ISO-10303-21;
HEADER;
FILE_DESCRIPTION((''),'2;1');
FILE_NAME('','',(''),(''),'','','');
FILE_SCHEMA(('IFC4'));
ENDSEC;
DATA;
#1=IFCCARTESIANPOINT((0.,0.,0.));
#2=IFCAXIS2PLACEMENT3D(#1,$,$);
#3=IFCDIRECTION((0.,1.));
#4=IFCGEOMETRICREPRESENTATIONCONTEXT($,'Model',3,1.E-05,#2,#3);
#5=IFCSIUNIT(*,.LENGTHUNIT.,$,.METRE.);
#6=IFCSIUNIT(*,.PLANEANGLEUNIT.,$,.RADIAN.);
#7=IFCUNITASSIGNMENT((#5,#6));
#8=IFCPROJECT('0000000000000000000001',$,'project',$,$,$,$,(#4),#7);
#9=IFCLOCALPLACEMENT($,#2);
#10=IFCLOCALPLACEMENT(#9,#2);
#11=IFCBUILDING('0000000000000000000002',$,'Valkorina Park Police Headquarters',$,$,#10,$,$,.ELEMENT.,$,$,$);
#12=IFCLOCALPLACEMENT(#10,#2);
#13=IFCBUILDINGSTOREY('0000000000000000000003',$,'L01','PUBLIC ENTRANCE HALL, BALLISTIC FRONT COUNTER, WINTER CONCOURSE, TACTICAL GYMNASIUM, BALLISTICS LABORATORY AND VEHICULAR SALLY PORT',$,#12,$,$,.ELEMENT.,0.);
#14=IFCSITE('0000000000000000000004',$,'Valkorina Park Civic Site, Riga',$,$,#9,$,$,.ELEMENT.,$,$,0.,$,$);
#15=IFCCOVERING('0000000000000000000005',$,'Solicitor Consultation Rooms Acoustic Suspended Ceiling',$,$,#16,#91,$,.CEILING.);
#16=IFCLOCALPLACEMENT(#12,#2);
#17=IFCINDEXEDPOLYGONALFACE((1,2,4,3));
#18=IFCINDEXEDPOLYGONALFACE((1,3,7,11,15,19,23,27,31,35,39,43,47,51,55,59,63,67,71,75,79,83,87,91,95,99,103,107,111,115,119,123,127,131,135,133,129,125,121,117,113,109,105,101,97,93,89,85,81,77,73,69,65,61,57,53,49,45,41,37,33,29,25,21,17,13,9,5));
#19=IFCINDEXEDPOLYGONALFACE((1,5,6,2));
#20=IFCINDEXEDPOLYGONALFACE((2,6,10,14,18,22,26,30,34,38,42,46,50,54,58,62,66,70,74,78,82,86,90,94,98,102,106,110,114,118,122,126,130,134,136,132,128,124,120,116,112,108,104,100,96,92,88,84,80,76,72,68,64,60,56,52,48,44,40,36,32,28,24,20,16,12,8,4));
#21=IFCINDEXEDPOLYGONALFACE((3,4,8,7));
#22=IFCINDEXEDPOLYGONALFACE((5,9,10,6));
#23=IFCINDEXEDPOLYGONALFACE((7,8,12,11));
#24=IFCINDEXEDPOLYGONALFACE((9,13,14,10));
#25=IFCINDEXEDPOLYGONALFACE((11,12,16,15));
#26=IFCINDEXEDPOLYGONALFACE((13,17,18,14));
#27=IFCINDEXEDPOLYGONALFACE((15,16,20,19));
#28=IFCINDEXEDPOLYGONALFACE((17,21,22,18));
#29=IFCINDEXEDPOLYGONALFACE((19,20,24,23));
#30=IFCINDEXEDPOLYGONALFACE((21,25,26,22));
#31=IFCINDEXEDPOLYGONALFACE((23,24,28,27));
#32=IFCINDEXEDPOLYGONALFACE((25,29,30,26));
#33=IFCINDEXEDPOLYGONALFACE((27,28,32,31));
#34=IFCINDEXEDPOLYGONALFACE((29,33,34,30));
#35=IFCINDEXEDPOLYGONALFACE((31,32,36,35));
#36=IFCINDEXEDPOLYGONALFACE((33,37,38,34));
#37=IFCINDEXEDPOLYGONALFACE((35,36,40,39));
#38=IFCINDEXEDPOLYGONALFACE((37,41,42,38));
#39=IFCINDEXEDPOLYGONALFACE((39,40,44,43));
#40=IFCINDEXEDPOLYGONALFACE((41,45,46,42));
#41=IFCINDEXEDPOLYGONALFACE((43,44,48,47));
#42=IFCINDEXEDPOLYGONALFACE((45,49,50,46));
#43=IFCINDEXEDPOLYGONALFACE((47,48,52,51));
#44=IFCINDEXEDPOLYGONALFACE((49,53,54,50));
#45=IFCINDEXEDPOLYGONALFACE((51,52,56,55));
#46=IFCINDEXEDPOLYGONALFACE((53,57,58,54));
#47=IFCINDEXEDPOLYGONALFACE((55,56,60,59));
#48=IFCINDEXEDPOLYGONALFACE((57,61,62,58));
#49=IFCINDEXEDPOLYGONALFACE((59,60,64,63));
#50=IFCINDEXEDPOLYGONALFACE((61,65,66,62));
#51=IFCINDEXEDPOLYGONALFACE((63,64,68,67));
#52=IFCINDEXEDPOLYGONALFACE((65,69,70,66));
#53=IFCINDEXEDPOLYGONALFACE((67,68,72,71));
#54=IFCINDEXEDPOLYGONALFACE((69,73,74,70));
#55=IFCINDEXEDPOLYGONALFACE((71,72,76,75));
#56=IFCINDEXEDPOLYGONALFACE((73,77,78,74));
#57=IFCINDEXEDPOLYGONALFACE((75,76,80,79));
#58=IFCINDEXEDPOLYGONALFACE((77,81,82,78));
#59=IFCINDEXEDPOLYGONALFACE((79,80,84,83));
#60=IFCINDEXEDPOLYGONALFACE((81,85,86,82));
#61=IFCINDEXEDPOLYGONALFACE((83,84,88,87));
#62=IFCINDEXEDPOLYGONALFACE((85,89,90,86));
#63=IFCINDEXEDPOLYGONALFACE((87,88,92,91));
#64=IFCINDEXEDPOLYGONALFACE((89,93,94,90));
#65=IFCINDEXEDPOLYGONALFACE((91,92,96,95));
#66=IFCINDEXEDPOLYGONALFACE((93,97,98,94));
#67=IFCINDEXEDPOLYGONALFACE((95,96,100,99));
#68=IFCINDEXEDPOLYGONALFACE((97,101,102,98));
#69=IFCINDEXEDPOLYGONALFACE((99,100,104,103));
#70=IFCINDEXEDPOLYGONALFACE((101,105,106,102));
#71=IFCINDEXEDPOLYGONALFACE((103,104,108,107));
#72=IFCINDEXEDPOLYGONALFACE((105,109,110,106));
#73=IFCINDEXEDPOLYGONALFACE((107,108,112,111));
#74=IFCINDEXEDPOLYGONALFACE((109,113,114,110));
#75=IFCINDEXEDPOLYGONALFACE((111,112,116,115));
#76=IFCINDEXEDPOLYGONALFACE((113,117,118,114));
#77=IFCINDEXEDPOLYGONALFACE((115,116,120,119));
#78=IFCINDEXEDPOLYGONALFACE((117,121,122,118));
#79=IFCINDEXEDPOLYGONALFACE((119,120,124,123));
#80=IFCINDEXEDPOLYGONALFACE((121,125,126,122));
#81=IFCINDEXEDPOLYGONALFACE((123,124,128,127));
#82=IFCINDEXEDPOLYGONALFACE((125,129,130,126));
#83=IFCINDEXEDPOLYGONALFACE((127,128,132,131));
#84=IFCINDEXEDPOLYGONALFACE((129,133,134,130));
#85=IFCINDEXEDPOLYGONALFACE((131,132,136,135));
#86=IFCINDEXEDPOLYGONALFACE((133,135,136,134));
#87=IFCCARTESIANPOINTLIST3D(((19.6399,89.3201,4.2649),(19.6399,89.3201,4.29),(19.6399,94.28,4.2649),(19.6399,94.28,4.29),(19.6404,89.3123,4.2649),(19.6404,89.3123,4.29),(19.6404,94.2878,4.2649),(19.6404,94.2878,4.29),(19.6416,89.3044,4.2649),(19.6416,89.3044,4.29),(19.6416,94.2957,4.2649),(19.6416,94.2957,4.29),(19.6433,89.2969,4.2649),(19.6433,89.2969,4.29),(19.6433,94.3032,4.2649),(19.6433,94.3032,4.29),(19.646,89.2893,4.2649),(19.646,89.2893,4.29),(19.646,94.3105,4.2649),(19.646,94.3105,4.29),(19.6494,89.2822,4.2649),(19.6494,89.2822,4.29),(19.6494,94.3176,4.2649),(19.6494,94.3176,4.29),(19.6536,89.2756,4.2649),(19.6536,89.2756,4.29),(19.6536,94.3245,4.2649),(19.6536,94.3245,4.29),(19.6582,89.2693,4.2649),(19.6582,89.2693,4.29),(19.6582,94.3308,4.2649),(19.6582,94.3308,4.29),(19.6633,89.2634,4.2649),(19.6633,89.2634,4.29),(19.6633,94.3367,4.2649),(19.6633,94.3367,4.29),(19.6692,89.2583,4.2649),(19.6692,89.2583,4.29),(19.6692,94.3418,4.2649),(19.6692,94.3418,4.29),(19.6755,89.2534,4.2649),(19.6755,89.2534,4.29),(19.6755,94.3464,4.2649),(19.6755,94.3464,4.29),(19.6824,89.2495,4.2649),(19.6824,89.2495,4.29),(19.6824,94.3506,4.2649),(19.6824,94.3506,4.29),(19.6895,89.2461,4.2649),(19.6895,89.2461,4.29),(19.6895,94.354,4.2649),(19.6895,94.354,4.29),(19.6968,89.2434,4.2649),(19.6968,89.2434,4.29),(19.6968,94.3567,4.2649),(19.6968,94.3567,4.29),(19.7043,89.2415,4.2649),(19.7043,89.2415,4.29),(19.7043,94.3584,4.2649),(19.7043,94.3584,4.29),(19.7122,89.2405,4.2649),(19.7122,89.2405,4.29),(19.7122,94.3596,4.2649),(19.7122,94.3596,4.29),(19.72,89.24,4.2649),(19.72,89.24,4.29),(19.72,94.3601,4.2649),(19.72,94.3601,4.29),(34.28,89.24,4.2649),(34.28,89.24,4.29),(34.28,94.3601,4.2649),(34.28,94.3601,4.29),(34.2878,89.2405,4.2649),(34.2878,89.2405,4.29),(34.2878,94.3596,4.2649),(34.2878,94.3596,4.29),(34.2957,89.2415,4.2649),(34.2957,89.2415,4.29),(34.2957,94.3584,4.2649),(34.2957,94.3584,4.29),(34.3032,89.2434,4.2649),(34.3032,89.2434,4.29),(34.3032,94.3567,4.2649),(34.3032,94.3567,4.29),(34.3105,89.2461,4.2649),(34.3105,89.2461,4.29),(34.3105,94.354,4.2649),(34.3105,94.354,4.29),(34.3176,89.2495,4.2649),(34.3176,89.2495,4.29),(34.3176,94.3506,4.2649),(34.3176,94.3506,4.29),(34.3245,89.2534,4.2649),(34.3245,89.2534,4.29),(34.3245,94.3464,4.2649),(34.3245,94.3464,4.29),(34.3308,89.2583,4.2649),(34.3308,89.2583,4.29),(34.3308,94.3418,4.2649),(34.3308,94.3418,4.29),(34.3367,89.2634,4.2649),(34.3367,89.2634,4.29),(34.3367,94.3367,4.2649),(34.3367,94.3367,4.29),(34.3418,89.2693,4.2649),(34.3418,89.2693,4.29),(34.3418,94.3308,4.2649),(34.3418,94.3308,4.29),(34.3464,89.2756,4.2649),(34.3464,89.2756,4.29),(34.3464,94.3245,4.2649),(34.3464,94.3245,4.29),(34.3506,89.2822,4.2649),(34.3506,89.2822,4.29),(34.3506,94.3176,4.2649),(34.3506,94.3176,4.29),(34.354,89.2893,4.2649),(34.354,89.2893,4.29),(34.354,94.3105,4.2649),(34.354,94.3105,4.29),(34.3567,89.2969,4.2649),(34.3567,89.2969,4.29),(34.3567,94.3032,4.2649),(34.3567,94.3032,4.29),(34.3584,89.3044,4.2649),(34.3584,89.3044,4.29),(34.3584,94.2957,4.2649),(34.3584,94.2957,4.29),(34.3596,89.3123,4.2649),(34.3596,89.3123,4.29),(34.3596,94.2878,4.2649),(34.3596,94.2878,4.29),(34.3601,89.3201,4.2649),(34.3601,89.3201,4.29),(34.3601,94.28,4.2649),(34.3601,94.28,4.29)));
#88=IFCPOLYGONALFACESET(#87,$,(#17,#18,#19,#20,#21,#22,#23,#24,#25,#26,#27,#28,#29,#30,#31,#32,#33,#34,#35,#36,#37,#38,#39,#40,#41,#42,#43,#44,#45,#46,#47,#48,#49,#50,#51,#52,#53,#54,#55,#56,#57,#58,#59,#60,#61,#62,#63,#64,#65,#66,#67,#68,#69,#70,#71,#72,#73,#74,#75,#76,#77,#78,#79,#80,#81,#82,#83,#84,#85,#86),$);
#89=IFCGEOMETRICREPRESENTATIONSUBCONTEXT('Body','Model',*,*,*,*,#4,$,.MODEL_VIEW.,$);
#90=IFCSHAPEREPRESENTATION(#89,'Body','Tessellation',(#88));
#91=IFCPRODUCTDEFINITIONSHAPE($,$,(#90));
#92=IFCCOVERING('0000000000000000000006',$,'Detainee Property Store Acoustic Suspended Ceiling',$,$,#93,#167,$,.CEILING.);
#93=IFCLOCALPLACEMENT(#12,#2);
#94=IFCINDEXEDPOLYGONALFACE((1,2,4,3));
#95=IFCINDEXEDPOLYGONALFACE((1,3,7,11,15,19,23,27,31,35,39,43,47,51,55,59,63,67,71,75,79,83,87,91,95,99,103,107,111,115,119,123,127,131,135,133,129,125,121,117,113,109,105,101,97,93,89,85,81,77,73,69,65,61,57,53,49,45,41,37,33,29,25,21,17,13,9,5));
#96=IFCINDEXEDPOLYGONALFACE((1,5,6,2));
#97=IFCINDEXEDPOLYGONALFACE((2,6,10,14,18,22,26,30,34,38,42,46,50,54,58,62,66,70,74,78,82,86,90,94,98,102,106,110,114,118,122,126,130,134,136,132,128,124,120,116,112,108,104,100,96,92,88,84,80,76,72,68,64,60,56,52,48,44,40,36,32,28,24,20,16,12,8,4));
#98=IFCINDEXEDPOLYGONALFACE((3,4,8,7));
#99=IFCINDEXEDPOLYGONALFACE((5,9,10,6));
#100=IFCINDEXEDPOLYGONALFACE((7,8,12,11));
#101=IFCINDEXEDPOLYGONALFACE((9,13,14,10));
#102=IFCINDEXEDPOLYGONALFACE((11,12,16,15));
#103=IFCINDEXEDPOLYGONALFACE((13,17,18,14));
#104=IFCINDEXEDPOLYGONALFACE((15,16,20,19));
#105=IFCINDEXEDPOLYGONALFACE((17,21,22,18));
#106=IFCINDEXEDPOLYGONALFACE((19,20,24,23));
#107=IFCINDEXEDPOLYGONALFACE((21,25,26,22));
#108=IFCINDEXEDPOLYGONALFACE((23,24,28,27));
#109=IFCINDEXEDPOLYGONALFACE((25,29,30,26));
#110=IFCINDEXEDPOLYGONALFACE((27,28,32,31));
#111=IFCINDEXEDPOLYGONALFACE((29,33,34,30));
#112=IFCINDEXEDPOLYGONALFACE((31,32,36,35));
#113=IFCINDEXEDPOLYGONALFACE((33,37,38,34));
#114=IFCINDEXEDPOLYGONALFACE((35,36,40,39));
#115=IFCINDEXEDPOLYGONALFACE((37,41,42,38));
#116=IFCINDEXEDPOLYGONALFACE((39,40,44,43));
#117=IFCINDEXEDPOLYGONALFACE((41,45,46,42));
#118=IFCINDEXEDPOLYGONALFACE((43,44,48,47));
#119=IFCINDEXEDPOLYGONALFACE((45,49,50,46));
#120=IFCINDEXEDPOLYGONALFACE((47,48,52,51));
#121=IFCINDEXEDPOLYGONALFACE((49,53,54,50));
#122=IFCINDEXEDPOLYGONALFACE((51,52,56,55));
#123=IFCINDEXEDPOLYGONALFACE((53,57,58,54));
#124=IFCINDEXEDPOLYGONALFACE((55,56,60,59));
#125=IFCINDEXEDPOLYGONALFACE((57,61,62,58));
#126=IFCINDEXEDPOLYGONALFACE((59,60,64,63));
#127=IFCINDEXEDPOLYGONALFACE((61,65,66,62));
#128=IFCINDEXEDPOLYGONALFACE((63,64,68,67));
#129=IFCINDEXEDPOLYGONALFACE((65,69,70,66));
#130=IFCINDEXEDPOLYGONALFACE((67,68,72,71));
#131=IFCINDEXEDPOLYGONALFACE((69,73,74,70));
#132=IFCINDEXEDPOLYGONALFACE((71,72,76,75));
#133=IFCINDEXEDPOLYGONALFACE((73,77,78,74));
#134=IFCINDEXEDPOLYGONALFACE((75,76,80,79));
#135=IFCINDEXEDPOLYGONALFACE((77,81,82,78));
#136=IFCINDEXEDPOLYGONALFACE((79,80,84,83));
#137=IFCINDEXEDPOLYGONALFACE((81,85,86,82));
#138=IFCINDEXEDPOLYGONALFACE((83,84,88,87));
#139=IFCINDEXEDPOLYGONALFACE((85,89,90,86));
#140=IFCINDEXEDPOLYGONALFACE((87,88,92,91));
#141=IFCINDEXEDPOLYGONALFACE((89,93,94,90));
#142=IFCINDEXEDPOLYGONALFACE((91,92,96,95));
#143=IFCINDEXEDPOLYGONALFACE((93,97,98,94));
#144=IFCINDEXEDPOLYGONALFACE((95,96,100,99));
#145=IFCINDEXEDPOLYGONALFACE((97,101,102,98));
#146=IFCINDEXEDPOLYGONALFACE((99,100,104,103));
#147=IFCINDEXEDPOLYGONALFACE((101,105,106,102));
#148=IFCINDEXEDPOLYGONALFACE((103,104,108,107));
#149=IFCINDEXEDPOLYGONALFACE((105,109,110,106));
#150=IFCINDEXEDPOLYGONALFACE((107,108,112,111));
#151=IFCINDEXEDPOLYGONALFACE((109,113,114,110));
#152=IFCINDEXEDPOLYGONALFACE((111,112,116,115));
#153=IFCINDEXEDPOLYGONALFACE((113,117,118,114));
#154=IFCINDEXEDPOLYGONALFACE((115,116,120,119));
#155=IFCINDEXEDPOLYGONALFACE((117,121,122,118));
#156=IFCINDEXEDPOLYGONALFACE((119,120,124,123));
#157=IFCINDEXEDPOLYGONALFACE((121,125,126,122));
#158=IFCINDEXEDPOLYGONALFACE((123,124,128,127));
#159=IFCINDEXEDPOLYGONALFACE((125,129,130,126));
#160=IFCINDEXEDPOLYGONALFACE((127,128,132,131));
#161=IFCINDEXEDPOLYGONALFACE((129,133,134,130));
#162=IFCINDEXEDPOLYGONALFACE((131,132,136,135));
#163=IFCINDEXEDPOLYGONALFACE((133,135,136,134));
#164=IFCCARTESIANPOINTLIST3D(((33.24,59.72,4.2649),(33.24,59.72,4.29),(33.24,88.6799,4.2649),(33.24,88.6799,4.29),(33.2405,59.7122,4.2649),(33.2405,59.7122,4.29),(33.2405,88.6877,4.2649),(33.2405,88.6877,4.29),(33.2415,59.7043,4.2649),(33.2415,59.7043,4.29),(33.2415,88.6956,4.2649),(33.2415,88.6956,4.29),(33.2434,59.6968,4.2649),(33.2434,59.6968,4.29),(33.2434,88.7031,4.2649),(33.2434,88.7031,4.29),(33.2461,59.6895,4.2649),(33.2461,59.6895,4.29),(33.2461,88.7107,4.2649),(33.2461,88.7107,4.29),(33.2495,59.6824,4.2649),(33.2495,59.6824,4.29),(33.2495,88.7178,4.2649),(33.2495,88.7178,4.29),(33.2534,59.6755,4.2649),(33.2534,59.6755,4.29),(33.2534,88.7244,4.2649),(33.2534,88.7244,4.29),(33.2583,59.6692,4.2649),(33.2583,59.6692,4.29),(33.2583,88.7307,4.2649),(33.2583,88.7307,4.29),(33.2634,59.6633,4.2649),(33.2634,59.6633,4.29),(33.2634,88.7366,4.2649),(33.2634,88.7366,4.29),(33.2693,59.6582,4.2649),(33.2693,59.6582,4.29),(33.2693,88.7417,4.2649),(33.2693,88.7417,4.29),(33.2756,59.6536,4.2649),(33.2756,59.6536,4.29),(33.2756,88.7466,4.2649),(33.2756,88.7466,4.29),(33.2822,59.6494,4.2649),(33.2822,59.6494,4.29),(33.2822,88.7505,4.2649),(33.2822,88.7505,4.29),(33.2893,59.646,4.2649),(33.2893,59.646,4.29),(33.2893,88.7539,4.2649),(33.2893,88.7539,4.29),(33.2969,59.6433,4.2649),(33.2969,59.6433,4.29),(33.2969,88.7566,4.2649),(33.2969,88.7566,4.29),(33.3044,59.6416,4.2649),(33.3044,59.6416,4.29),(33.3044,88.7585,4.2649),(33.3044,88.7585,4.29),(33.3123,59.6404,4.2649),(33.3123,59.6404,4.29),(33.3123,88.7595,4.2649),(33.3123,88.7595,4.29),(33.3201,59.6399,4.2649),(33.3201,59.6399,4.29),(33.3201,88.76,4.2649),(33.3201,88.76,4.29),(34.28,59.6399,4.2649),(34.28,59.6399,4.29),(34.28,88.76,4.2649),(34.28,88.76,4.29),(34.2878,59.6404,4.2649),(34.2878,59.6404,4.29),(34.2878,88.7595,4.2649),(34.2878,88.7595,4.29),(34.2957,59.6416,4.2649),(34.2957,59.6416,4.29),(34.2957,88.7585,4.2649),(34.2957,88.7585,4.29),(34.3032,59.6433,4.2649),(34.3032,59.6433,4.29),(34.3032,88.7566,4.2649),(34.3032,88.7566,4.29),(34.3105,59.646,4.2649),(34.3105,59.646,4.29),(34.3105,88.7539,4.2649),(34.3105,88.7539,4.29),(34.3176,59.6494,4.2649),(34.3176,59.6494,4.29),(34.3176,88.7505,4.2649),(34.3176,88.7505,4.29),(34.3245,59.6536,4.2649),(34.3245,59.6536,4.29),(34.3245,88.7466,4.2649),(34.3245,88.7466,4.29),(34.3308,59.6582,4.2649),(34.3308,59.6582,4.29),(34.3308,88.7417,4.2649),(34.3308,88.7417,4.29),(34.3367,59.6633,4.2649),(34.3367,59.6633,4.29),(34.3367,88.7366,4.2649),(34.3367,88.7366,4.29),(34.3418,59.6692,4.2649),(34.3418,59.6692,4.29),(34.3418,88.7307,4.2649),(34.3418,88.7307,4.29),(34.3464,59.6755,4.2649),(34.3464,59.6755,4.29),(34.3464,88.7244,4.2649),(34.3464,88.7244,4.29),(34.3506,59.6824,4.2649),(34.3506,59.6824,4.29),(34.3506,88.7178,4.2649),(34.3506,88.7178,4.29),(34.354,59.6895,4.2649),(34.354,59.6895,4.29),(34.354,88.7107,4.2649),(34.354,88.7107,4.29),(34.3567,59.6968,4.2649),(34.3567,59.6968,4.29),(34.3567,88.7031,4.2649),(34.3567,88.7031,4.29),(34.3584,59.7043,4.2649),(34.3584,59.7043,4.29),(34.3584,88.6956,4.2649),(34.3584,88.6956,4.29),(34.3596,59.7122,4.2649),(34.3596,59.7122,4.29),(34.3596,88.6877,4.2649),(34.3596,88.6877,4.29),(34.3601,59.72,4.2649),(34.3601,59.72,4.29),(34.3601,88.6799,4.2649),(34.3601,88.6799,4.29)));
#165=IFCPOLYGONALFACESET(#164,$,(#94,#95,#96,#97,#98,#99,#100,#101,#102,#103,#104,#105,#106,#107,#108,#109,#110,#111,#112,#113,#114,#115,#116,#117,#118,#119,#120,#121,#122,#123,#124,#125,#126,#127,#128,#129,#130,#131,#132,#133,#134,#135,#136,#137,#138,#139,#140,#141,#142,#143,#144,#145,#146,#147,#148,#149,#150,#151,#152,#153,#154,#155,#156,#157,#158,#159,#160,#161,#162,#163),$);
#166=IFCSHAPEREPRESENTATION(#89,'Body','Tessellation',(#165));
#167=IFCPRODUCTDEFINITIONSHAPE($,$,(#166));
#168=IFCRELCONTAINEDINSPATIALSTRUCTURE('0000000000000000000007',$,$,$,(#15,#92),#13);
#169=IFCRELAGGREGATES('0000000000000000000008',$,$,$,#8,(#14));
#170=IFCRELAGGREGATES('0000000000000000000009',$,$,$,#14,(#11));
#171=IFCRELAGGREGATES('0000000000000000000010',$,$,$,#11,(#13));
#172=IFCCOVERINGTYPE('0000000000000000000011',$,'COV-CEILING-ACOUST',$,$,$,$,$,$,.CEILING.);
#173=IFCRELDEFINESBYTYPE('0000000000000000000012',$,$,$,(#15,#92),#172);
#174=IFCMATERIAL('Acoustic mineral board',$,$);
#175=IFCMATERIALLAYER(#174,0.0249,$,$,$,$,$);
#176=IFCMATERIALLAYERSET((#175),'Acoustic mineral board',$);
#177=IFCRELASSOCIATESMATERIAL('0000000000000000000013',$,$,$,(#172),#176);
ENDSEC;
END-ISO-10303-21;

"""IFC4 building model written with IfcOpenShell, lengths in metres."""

from ifc_helpers import new_model, si_unit, direction, frame, origin, place, context, subcontext, project, spatial, polyline, outline, extrude, material, layer, layer_set, type_object, element, save


model = new_model("IFC4")

# Units and contexts
model_context = context("Model", 3, precision=1e-05, world=origin(), true_north=direction((0.0, 1.0)))
body_context = subcontext(model_context, "Body", "Model", "MODEL_VIEW")
ifc_project = project(units=[si_unit("LENGTHUNIT", "METRE"), si_unit("PLANEANGLEUNIT", "RADIAN")], contexts=[model_context])

# Site, building, storey
site_placement = place(None, origin())
site = spatial("IfcSite", under=ifc_project, at=site_placement, Name="Valkorina Park Civic Site, Riga", CompositionType="ELEMENT", RefElevation=0.0)
building_placement = place(site_placement, origin())
building = spatial("IfcBuilding", under=site, at=building_placement, Name="Valkorina Park Police Headquarters", CompositionType="ELEMENT")
storey_placement = place(building_placement, origin())
storey = spatial("IfcBuildingStorey", under=building, at=storey_placement, Name="L01", Description="PUBLIC ENTRANCE HALL, BALLISTIC FRONT COUNTER, WINTER CONCOURSE, TACTICAL GYMNASIUM, BALLISTICS LABORATORY AND VEHICULAR SALLY PORT", CompositionType="ELEMENT", Elevation=0.0)

# Coverings
ifc_material_1 = material(Name="Acoustic mineral board")
ifc_layer_1 = layer(ifc_material_1, 0.0249)
ifc_layer_set_1 = layer_set([ifc_layer_1], Name="Acoustic mineral board")
covering_type_1 = type_object("IfcCoveringType", Name="COV-CEILING-ACOUST", PredefinedType="CEILING", material=ifc_layer_set_1)
covering_1_placement = place(storey_placement, frame((0.0, 0.0, 4.2649)))
element("IfcCovering", 1, at=covering_1_placement, inside=storey, type_object=covering_type_1, Name="Solicitor Consultation Rooms Acoustic Suspended Ceiling", PredefinedType="CEILING", context=body_context, shape_type="SweptSolid", body=[
    extrude(outline(polyline([(34.3584, 89.3044), (34.3596, 89.3123), (34.3601, 89.3201), (34.3601, 94.28), (34.3596, 94.2878), (34.3584, 94.2957), (34.3567, 94.3032), (34.354, 94.3105), (34.3506, 94.3176), (34.3464, 94.3245), (34.3418, 94.3308), (34.3367, 94.3367), (34.3308, 94.3418), (34.3245, 94.3464), (34.3176, 94.3506), (34.3105, 94.354), (34.3032, 94.3567), (34.2957, 94.3584), (34.2878, 94.3596), (34.28, 94.3601), (19.72, 94.3601), (19.7122, 94.3596), (19.7043, 94.3584), (19.6968, 94.3567), (19.6895, 94.354), (19.6824, 94.3506), (19.6755, 94.3464), (19.6692, 94.3418), (19.6633, 94.3367), (19.6582, 94.3308), (19.6536, 94.3245), (19.6494, 94.3176), (19.646, 94.3105), (19.6433, 94.3032), (19.6416, 94.2957), (19.6404, 94.2878), (19.6399, 94.28), (19.6399, 89.3201), (19.6404, 89.3123), (19.6416, 89.3044), (19.6433, 89.2969), (19.646, 89.2893), (19.6494, 89.2822), (19.6536, 89.2756), (19.6582, 89.2693), (19.6633, 89.2634), (19.6692, 89.2583), (19.6755, 89.2534), (19.6824, 89.2495), (19.6895, 89.2461), (19.6968, 89.2434), (19.7043, 89.2415), (19.7122, 89.2405), (19.72, 89.24), (34.28, 89.24), (34.2878, 89.2405), (34.2957, 89.2415), (34.3032, 89.2434), (34.3105, 89.2461), (34.3176, 89.2495), (34.3245, 89.2534), (34.3308, 89.2583), (34.3367, 89.2634), (34.3418, 89.2693), (34.3464, 89.2756), (34.3506, 89.2822), (34.354, 89.2893), (34.3567, 89.2969), (34.3584, 89.3044)])), origin(), (0.0, 0.0, 1.0), 0.0251),
])
covering_2_placement = place(storey_placement, frame((0.0, 0.0, 4.2649)))
element("IfcCovering", 2, at=covering_2_placement, inside=storey, type_object=covering_type_1, Name="Detainee Property Store Acoustic Suspended Ceiling", PredefinedType="CEILING", context=body_context, shape_type="SweptSolid", body=[
    extrude(outline(polyline([(34.3584, 59.7043), (34.3596, 59.7122), (34.3601, 59.72), (34.3601, 88.6799), (34.3596, 88.6877), (34.3584, 88.6956), (34.3567, 88.7031), (34.354, 88.7107), (34.3506, 88.7178), (34.3464, 88.7244), (34.3418, 88.7307), (34.3367, 88.7366), (34.3308, 88.7417), (34.3245, 88.7466), (34.3176, 88.7505), (34.3105, 88.7539), (34.3032, 88.7566), (34.2957, 88.7585), (34.2878, 88.7595), (34.28, 88.76), (33.3201, 88.76), (33.3123, 88.7595), (33.3044, 88.7585), (33.2969, 88.7566), (33.2893, 88.7539), (33.2822, 88.7505), (33.2756, 88.7466), (33.2693, 88.7417), (33.2634, 88.7366), (33.2583, 88.7307), (33.2534, 88.7244), (33.2495, 88.7178), (33.2461, 88.7107), (33.2434, 88.7031), (33.2415, 88.6956), (33.2405, 88.6877), (33.24, 88.6799), (33.24, 59.72), (33.2405, 59.7122), (33.2415, 59.7043), (33.2434, 59.6968), (33.2461, 59.6895), (33.2495, 59.6824), (33.2534, 59.6755), (33.2583, 59.6692), (33.2634, 59.6633), (33.2693, 59.6582), (33.2756, 59.6536), (33.2822, 59.6494), (33.2893, 59.646), (33.2969, 59.6433), (33.3044, 59.6416), (33.3123, 59.6404), (33.3201, 59.6399), (34.28, 59.6399), (34.2878, 59.6404), (34.2957, 59.6416), (34.3032, 59.6433), (34.3105, 59.646), (34.3176, 59.6494), (34.3245, 59.6536), (34.3308, 59.6582), (34.3367, 59.6633), (34.3418, 59.6692), (34.3464, 59.6755), (34.3506, 59.6824), (34.354, 59.6895), (34.3567, 59.6968), (34.3584, 59.7043)])), origin(), (0.0, 0.0, 1.0), 0.0251),
])

save(model, "model.ifc")
